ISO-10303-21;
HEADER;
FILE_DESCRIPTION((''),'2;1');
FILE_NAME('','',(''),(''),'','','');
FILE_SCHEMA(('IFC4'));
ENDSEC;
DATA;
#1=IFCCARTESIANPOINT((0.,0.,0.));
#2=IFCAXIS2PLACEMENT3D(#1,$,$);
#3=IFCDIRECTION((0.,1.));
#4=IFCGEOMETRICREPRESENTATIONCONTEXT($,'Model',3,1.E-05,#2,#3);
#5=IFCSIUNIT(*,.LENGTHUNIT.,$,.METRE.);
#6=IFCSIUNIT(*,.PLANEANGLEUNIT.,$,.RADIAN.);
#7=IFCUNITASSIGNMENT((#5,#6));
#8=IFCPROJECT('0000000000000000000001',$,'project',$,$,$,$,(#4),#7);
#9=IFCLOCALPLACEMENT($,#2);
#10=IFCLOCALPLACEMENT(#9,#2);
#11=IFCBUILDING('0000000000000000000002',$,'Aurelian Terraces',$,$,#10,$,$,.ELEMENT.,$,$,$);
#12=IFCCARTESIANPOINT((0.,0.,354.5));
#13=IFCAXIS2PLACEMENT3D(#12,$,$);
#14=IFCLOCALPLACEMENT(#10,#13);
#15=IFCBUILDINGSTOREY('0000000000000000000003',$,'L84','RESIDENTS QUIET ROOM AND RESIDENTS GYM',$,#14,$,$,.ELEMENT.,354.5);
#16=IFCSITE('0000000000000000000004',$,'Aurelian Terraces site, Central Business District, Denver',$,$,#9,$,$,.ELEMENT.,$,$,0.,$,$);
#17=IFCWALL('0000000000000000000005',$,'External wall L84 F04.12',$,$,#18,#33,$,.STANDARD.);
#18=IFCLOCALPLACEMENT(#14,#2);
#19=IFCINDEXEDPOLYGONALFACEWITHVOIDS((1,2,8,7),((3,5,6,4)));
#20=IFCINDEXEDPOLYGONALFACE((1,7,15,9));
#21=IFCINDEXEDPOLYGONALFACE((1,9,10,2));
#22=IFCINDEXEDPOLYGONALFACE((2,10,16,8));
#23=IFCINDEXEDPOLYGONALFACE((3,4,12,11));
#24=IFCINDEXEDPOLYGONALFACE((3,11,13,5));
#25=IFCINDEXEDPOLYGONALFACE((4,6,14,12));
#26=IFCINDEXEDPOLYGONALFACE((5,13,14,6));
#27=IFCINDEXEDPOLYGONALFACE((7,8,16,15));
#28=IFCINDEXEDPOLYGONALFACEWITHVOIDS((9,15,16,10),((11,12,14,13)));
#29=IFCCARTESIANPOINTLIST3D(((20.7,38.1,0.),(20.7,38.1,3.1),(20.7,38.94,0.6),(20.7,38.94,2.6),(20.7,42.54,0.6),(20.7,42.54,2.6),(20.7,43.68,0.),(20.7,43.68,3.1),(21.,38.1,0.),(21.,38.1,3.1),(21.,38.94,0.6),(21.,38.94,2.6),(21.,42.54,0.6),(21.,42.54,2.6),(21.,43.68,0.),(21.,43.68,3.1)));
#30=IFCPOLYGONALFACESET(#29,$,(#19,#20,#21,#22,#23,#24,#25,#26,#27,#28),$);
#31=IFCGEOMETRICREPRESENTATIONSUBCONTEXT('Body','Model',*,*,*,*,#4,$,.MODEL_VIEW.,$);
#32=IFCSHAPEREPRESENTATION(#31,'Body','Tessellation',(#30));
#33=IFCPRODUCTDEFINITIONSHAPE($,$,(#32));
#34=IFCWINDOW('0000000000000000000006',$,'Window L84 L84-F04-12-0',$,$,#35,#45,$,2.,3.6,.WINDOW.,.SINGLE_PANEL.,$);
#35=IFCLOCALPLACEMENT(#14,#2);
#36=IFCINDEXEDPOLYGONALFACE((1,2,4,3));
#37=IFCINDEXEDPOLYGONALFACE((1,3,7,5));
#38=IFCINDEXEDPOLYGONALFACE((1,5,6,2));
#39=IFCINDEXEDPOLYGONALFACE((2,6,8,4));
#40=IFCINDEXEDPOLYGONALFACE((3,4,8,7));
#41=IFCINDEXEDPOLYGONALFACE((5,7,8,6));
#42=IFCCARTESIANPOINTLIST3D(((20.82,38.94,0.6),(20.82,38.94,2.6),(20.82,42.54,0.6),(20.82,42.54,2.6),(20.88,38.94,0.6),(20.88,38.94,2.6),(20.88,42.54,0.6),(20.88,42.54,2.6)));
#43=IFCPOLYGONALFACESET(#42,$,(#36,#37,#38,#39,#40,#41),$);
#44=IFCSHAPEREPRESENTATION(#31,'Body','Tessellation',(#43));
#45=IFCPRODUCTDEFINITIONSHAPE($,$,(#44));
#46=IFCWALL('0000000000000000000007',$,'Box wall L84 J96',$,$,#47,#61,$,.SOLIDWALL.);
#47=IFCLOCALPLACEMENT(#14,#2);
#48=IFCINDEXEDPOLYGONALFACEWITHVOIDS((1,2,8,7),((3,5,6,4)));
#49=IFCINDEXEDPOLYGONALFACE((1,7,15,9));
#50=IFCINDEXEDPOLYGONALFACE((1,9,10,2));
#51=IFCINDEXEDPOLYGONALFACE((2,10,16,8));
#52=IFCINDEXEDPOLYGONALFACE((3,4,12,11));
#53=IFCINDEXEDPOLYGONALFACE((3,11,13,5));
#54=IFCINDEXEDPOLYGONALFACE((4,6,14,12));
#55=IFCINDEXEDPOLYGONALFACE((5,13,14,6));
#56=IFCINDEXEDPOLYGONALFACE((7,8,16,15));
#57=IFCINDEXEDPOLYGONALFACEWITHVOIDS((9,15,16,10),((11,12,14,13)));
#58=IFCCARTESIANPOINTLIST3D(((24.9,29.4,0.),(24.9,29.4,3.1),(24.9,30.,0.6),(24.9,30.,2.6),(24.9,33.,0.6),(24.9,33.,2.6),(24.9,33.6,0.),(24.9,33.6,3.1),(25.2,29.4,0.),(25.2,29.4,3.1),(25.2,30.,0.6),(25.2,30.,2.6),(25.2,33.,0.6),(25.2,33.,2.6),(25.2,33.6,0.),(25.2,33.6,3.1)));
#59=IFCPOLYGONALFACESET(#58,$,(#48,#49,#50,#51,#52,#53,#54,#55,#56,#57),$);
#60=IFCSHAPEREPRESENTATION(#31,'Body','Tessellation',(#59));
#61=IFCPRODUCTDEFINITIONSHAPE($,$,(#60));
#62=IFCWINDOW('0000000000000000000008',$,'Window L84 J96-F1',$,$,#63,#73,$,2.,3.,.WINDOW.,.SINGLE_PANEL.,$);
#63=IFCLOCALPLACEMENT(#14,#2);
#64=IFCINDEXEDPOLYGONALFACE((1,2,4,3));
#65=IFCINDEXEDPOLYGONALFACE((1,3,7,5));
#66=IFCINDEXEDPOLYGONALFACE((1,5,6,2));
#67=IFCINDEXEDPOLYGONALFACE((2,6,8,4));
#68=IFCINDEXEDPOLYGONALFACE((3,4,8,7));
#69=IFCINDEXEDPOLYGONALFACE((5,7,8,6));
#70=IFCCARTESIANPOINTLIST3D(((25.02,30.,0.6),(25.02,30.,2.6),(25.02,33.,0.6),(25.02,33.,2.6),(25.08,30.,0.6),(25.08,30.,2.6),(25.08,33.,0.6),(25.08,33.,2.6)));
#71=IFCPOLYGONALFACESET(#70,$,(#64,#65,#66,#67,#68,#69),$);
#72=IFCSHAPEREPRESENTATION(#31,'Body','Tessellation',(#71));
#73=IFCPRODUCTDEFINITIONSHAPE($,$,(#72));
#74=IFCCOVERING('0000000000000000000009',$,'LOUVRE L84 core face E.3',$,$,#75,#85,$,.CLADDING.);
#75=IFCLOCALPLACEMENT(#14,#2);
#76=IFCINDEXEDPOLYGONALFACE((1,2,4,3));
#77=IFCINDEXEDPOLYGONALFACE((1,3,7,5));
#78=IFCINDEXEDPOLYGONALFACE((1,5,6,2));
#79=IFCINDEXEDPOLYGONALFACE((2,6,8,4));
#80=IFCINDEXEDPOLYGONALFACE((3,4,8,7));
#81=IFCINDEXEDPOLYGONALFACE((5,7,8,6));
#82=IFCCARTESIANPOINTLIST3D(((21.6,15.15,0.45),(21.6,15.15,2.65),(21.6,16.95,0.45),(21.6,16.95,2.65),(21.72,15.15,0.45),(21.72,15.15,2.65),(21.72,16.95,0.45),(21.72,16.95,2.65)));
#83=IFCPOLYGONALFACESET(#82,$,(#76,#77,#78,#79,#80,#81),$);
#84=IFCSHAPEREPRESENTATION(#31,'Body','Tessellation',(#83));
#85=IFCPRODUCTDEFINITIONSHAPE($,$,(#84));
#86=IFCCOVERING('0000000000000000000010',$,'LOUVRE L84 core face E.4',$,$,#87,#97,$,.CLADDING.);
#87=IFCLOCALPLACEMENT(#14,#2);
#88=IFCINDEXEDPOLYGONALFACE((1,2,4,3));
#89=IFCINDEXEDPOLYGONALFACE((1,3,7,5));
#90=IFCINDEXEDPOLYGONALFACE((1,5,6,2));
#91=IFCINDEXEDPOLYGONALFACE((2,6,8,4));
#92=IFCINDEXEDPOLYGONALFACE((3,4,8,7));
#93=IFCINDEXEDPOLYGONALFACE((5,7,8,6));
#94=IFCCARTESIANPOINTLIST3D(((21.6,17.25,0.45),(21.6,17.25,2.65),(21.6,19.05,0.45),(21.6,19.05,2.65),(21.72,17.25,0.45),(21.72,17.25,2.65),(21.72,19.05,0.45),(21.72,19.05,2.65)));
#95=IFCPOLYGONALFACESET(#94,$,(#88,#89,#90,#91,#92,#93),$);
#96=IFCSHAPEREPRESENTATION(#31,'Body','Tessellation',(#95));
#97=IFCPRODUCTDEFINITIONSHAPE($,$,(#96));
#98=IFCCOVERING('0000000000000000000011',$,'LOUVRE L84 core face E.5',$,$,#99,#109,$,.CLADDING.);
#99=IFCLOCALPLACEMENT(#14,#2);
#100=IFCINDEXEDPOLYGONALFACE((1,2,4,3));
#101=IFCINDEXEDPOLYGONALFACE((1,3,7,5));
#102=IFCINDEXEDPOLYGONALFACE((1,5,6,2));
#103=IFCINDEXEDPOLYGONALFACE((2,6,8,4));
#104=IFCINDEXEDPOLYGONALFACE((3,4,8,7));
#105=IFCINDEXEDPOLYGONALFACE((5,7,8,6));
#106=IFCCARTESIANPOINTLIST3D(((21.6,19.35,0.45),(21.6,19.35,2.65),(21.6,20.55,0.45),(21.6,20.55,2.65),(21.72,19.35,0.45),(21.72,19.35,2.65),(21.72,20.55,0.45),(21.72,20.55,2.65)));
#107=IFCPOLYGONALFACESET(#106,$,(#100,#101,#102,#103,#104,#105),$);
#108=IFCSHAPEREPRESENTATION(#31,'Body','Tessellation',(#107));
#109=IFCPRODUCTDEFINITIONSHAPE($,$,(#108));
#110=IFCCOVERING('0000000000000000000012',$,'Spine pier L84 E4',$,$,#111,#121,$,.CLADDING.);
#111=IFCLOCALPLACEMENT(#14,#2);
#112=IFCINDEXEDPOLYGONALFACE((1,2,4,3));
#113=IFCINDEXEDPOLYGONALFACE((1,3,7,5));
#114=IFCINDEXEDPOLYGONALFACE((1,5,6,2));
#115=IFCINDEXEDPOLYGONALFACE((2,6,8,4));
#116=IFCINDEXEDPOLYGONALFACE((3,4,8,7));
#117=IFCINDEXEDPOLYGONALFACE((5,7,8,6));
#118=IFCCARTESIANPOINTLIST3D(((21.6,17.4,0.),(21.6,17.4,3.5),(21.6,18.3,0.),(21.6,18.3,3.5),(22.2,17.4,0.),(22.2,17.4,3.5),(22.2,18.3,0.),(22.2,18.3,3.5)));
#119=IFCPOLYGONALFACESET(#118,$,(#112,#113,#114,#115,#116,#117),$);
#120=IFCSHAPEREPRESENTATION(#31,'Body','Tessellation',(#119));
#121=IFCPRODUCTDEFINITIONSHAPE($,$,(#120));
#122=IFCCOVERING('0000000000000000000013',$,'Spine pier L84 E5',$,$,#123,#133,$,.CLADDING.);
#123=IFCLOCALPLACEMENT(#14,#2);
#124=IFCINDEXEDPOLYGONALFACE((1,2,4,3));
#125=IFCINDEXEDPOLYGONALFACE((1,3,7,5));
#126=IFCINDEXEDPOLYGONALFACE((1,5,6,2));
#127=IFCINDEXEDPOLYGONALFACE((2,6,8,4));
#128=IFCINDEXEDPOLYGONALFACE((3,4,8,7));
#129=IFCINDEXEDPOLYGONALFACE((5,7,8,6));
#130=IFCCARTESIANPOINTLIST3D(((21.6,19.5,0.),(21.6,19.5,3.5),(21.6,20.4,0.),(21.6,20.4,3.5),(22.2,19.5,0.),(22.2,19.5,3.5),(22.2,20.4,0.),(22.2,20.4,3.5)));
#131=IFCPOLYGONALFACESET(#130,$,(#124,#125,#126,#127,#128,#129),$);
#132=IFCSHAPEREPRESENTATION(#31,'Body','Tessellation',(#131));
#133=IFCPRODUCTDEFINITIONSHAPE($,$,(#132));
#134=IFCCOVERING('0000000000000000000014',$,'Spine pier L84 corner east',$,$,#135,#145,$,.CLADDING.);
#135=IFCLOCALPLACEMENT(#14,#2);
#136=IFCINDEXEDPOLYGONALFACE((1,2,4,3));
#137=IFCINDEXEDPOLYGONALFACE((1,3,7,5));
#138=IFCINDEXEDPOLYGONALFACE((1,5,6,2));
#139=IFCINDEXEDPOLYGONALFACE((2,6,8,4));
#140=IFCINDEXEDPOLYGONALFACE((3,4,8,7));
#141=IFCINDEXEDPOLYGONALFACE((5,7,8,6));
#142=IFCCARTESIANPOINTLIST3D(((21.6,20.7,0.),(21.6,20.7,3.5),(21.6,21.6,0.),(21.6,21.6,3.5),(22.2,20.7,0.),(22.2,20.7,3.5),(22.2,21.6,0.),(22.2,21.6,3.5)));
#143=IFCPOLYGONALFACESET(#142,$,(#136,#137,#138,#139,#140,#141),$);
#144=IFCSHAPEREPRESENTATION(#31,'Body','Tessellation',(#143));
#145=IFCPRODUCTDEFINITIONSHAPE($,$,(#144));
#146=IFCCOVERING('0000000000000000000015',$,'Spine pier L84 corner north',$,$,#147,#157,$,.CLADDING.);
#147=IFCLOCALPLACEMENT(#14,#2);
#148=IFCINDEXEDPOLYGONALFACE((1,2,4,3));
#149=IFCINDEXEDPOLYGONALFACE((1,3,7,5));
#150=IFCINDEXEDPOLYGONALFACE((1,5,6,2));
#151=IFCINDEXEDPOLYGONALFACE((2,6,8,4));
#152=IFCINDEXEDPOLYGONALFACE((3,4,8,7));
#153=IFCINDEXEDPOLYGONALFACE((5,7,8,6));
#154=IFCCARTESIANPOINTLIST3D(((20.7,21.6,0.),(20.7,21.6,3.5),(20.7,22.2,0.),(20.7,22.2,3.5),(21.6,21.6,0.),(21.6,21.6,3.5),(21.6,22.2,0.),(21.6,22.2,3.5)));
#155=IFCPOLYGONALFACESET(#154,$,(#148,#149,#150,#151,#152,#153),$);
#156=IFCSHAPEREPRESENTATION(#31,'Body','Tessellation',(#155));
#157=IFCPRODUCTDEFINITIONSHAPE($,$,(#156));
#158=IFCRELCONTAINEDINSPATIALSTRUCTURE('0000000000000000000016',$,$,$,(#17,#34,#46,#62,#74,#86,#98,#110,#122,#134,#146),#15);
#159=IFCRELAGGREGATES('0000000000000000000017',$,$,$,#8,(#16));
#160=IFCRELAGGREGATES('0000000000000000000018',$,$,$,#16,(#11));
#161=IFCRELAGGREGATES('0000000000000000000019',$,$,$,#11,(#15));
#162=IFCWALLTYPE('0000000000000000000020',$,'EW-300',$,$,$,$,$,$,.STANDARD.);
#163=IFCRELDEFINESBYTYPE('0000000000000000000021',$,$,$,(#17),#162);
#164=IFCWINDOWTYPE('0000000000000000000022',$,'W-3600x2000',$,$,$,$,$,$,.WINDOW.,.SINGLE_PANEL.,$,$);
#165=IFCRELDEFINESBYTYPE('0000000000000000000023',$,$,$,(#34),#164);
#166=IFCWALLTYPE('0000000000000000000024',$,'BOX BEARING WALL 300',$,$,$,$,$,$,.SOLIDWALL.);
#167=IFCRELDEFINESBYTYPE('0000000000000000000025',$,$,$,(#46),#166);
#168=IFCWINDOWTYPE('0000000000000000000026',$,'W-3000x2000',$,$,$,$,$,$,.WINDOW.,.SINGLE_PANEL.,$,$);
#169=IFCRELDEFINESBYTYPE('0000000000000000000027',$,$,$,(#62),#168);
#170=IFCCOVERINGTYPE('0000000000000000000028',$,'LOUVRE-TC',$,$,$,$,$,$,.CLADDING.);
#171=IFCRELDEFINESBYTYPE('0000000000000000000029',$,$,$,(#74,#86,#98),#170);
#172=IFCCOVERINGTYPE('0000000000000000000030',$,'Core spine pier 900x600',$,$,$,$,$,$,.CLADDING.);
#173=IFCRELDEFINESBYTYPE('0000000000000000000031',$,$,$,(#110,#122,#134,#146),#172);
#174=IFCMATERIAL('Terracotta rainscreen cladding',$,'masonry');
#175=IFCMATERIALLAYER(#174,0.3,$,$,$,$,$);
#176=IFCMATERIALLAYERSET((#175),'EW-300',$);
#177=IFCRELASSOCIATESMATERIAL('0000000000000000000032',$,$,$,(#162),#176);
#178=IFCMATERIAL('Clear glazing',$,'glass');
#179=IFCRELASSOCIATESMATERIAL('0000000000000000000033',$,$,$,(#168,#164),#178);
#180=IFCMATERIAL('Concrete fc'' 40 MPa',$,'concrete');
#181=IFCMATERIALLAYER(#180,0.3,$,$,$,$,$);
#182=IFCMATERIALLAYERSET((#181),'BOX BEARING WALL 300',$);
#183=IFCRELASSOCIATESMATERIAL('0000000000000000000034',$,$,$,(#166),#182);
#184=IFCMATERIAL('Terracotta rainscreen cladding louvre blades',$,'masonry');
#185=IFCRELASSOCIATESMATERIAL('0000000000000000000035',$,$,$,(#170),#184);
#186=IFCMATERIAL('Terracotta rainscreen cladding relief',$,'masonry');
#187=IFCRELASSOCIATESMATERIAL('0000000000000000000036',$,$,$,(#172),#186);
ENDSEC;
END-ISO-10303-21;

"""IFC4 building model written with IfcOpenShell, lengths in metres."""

from ifc_helpers import new_model, si_unit, direction, frame, frame_2d, origin, origin_2d, place, context, subcontext, project, spatial, rectangle, extrude, source, transform, mapped, material, layer, layer_set, type_object, element, fill, save


model = new_model("IFC4")

# Units and contexts
model_context = context("Model", 3, precision=1e-05, world=origin(), true_north=direction((0.0, 1.0)))
body_context = subcontext(model_context, "Body", "Model", "MODEL_VIEW")
ifc_project = project(units=[si_unit("LENGTHUNIT", "METRE"), si_unit("PLANEANGLEUNIT", "RADIAN")], contexts=[model_context])

# Site, building, storey
site_placement = place(None, origin())
site = spatial("IfcSite", under=ifc_project, at=site_placement, Name="Aurelian Terraces site, Central Business District, Denver", CompositionType="ELEMENT", RefElevation=0.0)
building_placement = place(site_placement, origin())
building = spatial("IfcBuilding", under=site, at=building_placement, Name="Aurelian Terraces", CompositionType="ELEMENT")
storey_placement = place(building_placement, frame((0.0, 0.0, 354.5)))
storey = spatial("IfcBuildingStorey", under=building, at=storey_placement, Name="L84", Description="RESIDENTS QUIET ROOM AND RESIDENTS GYM", CompositionType="ELEMENT", Elevation=354.5)

# Shared definitions
ifc_material_1 = material(Name="Concrete fc' 40 MPa", Category="concrete")
ifc_material_2 = material(Name="Clear glazing", Category="glass")

# Shared definitions
ifc_material_3 = material(Name="Terracotta rainscreen cladding", Category="masonry")
ifc_layer_1 = layer(ifc_material_3, 0.3)
ifc_layer_set_1 = layer_set([ifc_layer_1], Name="EW-300")
wall_type_1 = type_object("IfcWallType", Name="EW-300", PredefinedType="STANDARD", material=ifc_layer_set_1)

# Shared definitions
shared_shape_1 = source(origin(), body_context, "Body", "SweptSolid", [
    extrude(rectangle(XDim=3.0, YDim=2.0, at=frame_2d((1.5, 1.0))), frame((0.0, 0.16, 0.0), z_axis=(0.0, -1.0, 0.0), x_axis=(1.0, 0.0, 0.0)), (0.0, 0.0, 1.0), 0.32),
])
window_type_1 = type_object("IfcWindowType", Name="W-3000x2000", PartitioningType="SINGLE_PANEL", PredefinedType="WINDOW", material=ifc_material_2)
shared_shape_2 = source(origin(), body_context, "Body", "SweptSolid", [
    extrude(rectangle(XDim=3.0, YDim=2.0, at=frame_2d((1.5, 1.0))), frame((0.0, 0.03, 0.0), z_axis=(0.0, -1.0, 0.0), x_axis=(1.0, 0.0, 0.0)), (0.0, 0.0, 1.0), 0.06),
])

# Walls, openings, windows
shared_shape_3 = source(origin(), body_context, "Body", "SweptSolid", [
    extrude(rectangle(XDim=5.58, YDim=0.3, at=frame_2d((2.79, 0.0))), origin(), (0.0, 0.0, 1.0), 3.1),
])
wall_1_placement = place(storey_placement, frame((20.85, 38.1, 0.0), z_axis=(0.0, 0.0, 1.0), x_axis=(0.0, 1.0, 0.0)))
wall_1 = element("IfcWall", 1, at=wall_1_placement, inside=storey, type_object=wall_type_1, Name="External wall L84 F04.12", PredefinedType="STANDARD", context=body_context, shape_type="MappedRepresentation", body=[
    mapped(shared_shape_3, transform((0.0, 0.0, 0.0), scale=1.0)),
])
shared_shape_4 = source(origin(), body_context, "Body", "SweptSolid", [
    extrude(rectangle(XDim=3.6, YDim=2.0, at=frame_2d((1.8, 1.0))), frame((0.0, 0.16, 0.0), z_axis=(0.0, -1.0, 0.0), x_axis=(1.0, 0.0, 0.0)), (0.0, 0.0, 1.0), 0.32),
])
opening_1_placement = place(wall_1_placement, frame((0.84, 0.0, 0.6)))
opening_1 = element("IfcOpeningElement", 2, at=opening_1_placement, cuts=wall_1, PredefinedType="OPENING", context=body_context, shape_type="MappedRepresentation", body=[
    mapped(shared_shape_4, transform((0.0, 0.0, 0.0), scale=1.0)),
])
window_type_2 = type_object("IfcWindowType", Name="W-3600x2000", PartitioningType="SINGLE_PANEL", PredefinedType="WINDOW", material=ifc_material_2)
shared_shape_5 = source(origin(), body_context, "Body", "SweptSolid", [
    extrude(rectangle(XDim=3.6, YDim=2.0, at=frame_2d((1.8, 1.0))), frame((0.0, 0.03, 0.0), z_axis=(0.0, -1.0, 0.0), x_axis=(1.0, 0.0, 0.0)), (0.0, 0.0, 1.0), 0.06),
])
window_1_placement = place(opening_1_placement, origin())
window_1 = element("IfcWindow", 3, at=window_1_placement, inside=storey, type_object=window_type_2, Name="Window L84 L84-F04-12-0", OverallHeight=2.0, OverallWidth=3.6, PartitioningType="SINGLE_PANEL", PredefinedType="WINDOW", context=body_context, shape_type="MappedRepresentation", body=[
    mapped(shared_shape_5, transform((0.0, 0.0, 0.0), scale=1.0)),
])
fill(opening_1, window_1)
ifc_layer_2 = layer(ifc_material_1, 0.3)
ifc_layer_set_2 = layer_set([ifc_layer_2], Name="BOX BEARING WALL 300")
wall_type_2 = type_object("IfcWallType", Name="BOX BEARING WALL 300", PredefinedType="SOLIDWALL", material=ifc_layer_set_2)
shared_shape_6 = source(origin(), body_context, "Body", "SweptSolid", [
    extrude(rectangle(XDim=4.2, YDim=0.3, at=frame_2d((2.1, 0.0))), origin(), (0.0, 0.0, 1.0), 3.1),
])
wall_2_placement = place(storey_placement, frame((25.05, 29.4, 0.0), z_axis=(0.0, 0.0, 1.0), x_axis=(0.0, 1.0, 0.0)))
wall_2 = element("IfcWall", 4, at=wall_2_placement, inside=storey, type_object=wall_type_2, Name="Box wall L84 J96", PredefinedType="SOLIDWALL", context=body_context, shape_type="MappedRepresentation", body=[
    mapped(shared_shape_6, transform((0.0, 0.0, 0.0), scale=1.0)),
])
opening_2_placement = place(wall_2_placement, frame((0.6, 0.0, 0.6)))
opening_2 = element("IfcOpeningElement", 5, at=opening_2_placement, cuts=wall_2, PredefinedType="OPENING", context=body_context, shape_type="MappedRepresentation", body=[
    mapped(shared_shape_1, transform((0.0, 0.0, 0.0), scale=1.0)),
])
window_2_placement = place(opening_2_placement, origin())
window_2 = element("IfcWindow", 6, at=window_2_placement, inside=storey, type_object=window_type_1, Name="Window L84 J96-F1", OverallHeight=2.0, OverallWidth=3.0, PartitioningType="SINGLE_PANEL", PredefinedType="WINDOW", context=body_context, shape_type="MappedRepresentation", body=[
    mapped(shared_shape_2, transform((0.0, 0.0, 0.0), scale=1.0)),
])
fill(opening_2, window_2)

# Coverings
ifc_material_4 = material(Name="Terracotta rainscreen cladding louvre blades", Category="masonry")
covering_type_1 = type_object("IfcCoveringType", Name="LOUVRE-TC", PredefinedType="CLADDING", material=ifc_material_4)
shared_shape_7 = source(origin(), body_context, "Body", "SweptSolid", [
    extrude(rectangle(XDim=0.12, YDim=1.8, at=origin_2d()), origin(), (0.0, 0.0, 1.0), 2.2),
])
for number, where, z_axis, x_axis, name in (
    (7, (21.66, 16.05, 0.45), (0.0, 0.0, 1.0), (1.0, 0.0, 0.0), "LOUVRE L84 core face E.3"),
    (8, (21.66, 18.15, 0.45), (0.0, 0.0, 1.0), (1.0, 0.0, 0.0), "LOUVRE L84 core face E.4"),
):
    element("IfcCovering", number, at=place(storey_placement, frame(where, z_axis=z_axis, x_axis=x_axis)), inside=storey, type_object=covering_type_1, Name=name, PredefinedType="CLADDING", context=body_context, shape_type="MappedRepresentation", body=[
        mapped(shared_shape_7, transform((0.0, 0.0, 0.0), scale=1.0)),
    ])
shared_shape_8 = source(origin(), body_context, "Body", "SweptSolid", [
    extrude(rectangle(XDim=0.12, YDim=1.2, at=origin_2d()), origin(), (0.0, 0.0, 1.0), 2.2),
])
covering_1_placement = place(storey_placement, frame((21.66, 19.95, 0.45), z_axis=(0.0, 0.0, 1.0), x_axis=(1.0, 0.0, 0.0)))
element("IfcCovering", 9, at=covering_1_placement, inside=storey, type_object=covering_type_1, Name="LOUVRE L84 core face E.5", PredefinedType="CLADDING", context=body_context, shape_type="MappedRepresentation", body=[
    mapped(shared_shape_8, transform((0.0, 0.0, 0.0), scale=1.0)),
])
ifc_material_5 = material(Name="Terracotta rainscreen cladding relief", Category="masonry")
covering_type_2 = type_object("IfcCoveringType", Name="Core spine pier 900x600", PredefinedType="CLADDING", material=ifc_material_5)
shared_shape_9 = source(origin(), body_context, "Body", "SweptSolid", [
    extrude(rectangle(XDim=0.6, YDim=0.9, at=origin_2d()), origin(), (0.0, 0.0, 1.0), 3.5),
])
for number, where, z_axis, x_axis, name in (
    (10, (21.9, 17.85, 0.0), (0.0, 0.0, 1.0), (1.0, 0.0, 0.0), "Spine pier L84 E4"),
    (11, (21.9, 19.95, 0.0), (0.0, 0.0, 1.0), (1.0, 0.0, 0.0), "Spine pier L84 E5"),
    (12, (21.9, 21.15, 0.0), (0.0, 0.0, 1.0), (1.0, 0.0, 0.0), "Spine pier L84 corner east"),
):
    element("IfcCovering", number, at=place(storey_placement, frame(where, z_axis=z_axis, x_axis=x_axis)), inside=storey, type_object=covering_type_2, Name=name, PredefinedType="CLADDING", context=body_context, shape_type="MappedRepresentation", body=[
        mapped(shared_shape_9, transform((0.0, 0.0, 0.0), scale=1.0)),
    ])
shared_shape_10 = source(origin(), body_context, "Body", "SweptSolid", [
    extrude(rectangle(XDim=0.9, YDim=0.6, at=origin_2d()), origin(), (0.0, 0.0, 1.0), 3.5),
])
covering_2_placement = place(storey_placement, frame((21.15, 21.9, 0.0), z_axis=(0.0, 0.0, 1.0), x_axis=(1.0, 0.0, 0.0)))
element("IfcCovering", 13, at=covering_2_placement, inside=storey, type_object=covering_type_2, Name="Spine pier L84 corner north", PredefinedType="CLADDING", context=body_context, shape_type="MappedRepresentation", body=[
    mapped(shared_shape_10, transform((0.0, 0.0, 0.0), scale=1.0)),
])

save(model, "model.ifc")
